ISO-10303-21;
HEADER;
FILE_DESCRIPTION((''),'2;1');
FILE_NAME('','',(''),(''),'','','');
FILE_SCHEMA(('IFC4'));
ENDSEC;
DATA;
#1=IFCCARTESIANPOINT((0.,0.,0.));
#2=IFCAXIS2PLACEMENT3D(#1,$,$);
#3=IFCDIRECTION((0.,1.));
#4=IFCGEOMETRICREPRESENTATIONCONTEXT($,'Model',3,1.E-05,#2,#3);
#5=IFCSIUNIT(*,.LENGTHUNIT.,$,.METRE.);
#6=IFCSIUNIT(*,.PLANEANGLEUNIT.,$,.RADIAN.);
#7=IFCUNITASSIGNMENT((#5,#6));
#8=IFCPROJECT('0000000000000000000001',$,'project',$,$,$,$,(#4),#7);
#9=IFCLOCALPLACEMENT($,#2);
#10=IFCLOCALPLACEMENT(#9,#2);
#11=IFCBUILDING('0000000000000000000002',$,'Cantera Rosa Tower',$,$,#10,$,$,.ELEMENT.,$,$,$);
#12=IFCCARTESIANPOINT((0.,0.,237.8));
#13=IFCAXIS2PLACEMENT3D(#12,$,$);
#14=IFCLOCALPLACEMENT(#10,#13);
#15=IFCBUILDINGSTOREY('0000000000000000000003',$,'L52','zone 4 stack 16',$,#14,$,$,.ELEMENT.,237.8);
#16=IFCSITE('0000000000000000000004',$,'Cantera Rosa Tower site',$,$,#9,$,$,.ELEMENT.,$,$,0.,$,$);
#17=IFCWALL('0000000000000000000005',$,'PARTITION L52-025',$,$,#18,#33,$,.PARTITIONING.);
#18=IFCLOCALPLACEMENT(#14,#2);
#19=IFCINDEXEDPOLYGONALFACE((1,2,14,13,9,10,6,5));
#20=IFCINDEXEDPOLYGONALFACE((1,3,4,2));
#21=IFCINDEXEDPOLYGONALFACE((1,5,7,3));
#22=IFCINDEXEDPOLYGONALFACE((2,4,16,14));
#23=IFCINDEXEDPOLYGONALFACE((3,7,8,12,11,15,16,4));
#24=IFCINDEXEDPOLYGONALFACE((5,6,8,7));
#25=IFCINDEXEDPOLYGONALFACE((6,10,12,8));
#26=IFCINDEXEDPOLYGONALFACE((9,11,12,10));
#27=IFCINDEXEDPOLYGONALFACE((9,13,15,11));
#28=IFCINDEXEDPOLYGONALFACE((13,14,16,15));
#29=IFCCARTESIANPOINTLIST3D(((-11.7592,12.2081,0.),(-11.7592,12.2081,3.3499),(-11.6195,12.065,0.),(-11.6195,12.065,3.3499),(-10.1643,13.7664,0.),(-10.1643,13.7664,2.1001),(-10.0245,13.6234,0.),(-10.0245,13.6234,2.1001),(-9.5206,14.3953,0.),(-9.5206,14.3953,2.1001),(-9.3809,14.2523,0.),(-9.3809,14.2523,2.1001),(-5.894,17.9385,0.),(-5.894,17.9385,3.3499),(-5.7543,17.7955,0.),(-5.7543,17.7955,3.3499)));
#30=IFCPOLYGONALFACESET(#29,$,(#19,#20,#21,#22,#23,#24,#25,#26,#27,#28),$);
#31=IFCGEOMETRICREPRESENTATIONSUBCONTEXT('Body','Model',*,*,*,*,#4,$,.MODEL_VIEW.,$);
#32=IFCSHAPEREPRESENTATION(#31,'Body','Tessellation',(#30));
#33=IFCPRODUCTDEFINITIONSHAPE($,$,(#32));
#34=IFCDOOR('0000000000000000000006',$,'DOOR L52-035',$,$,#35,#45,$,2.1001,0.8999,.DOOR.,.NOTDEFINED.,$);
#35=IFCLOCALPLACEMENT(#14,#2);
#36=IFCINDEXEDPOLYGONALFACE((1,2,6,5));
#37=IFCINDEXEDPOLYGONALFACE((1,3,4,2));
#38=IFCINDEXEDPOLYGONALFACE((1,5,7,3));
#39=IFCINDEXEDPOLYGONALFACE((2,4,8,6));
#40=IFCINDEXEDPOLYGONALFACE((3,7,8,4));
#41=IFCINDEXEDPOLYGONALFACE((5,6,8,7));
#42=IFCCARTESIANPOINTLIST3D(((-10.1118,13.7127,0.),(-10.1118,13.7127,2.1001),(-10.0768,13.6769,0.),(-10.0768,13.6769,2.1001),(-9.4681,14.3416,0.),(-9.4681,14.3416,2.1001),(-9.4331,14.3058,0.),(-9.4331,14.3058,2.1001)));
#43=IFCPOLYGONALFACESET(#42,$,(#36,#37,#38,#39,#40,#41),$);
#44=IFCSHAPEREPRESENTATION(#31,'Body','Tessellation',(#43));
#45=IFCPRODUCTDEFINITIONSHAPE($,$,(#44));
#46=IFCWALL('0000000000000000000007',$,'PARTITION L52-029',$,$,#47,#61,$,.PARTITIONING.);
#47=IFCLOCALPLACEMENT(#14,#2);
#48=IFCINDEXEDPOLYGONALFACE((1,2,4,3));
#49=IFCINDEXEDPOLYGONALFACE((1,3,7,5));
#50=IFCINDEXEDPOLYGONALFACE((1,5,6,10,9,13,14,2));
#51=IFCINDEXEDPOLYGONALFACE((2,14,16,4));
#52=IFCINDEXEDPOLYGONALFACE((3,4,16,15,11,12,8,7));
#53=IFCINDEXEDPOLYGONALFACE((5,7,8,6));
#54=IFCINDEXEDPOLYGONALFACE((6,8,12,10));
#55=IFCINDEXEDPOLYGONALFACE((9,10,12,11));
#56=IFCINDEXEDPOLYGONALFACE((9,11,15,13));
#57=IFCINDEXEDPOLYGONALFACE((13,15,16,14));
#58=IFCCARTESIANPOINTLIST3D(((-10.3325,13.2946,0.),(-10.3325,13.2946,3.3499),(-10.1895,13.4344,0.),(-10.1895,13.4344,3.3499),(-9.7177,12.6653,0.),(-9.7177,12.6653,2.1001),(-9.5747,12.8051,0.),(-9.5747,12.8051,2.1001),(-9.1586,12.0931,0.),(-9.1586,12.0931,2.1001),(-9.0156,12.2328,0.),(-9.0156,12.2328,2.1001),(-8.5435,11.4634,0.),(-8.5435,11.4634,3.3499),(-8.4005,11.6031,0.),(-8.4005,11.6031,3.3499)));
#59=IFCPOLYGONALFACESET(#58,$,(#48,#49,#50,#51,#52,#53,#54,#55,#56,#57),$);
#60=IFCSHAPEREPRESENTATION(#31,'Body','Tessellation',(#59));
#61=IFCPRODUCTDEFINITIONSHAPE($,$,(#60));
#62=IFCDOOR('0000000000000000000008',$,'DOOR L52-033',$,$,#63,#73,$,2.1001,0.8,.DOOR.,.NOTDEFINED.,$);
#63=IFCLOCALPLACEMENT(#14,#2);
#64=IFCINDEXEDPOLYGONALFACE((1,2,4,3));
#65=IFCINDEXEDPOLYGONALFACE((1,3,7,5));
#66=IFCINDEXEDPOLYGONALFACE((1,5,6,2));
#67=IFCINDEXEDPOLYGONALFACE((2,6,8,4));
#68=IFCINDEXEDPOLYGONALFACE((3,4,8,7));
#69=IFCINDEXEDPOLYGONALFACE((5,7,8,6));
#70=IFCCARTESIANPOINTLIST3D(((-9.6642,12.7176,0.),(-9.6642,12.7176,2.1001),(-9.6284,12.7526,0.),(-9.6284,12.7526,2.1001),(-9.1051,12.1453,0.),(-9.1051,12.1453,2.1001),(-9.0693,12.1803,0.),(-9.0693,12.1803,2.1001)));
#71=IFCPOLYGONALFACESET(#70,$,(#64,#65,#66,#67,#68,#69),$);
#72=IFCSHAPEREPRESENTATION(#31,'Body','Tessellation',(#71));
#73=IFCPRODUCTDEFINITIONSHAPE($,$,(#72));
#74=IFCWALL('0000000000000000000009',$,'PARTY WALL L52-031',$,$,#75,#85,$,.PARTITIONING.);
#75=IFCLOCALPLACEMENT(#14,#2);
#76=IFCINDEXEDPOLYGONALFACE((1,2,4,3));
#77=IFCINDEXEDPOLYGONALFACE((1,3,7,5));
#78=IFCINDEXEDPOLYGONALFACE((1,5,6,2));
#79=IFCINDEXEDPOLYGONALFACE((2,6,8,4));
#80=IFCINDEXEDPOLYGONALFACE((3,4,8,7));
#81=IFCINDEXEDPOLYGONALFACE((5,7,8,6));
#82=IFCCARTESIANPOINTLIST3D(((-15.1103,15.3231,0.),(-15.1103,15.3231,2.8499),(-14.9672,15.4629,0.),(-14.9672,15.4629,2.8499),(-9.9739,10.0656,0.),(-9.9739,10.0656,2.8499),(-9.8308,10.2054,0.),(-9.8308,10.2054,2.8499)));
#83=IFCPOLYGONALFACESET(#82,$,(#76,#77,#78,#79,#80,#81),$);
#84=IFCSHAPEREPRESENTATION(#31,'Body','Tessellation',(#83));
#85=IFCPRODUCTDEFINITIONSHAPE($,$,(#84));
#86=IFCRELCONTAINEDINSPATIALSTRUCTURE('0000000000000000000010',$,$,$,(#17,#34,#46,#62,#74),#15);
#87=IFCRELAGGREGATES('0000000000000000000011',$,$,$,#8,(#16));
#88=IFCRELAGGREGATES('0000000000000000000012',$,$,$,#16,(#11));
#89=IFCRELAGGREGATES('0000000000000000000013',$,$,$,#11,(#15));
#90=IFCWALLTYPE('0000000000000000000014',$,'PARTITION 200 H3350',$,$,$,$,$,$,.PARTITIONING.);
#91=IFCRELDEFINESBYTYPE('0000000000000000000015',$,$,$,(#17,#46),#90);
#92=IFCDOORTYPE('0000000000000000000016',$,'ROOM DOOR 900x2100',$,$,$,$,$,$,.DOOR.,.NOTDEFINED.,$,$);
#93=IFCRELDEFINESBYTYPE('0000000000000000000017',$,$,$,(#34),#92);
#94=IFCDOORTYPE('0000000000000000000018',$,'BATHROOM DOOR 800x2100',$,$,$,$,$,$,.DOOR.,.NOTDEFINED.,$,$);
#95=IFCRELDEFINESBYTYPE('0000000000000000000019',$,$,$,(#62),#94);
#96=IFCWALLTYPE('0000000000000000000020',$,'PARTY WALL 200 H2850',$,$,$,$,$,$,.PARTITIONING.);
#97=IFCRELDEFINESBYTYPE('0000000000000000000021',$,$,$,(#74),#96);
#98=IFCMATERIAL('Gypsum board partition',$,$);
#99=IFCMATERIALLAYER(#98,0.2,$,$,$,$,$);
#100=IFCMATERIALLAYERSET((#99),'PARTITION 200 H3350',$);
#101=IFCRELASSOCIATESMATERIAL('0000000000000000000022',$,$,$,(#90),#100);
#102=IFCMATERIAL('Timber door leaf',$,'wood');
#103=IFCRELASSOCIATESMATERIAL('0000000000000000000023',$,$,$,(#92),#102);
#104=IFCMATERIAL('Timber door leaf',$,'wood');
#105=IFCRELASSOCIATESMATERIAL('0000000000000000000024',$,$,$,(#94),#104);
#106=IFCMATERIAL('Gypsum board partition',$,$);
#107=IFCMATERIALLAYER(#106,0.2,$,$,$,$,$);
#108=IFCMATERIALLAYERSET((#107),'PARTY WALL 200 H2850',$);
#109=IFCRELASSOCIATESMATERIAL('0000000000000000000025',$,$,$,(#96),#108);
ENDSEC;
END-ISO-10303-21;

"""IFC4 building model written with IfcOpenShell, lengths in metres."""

from ifc_helpers import new_model, si_unit, direction, frame, frame_2d, origin, place, context, subcontext, project, spatial, rectangle, extrude, material, layer, layer_set, type_object, element, fill, save


model = new_model("IFC4")

# Units and contexts
model_context = context("Model", 3, precision=1e-05, world=origin(), true_north=direction((0.0, 1.0)))
body_context = subcontext(model_context, "Body", "Model", "MODEL_VIEW")
ifc_project = project(units=[si_unit("LENGTHUNIT", "METRE"), si_unit("PLANEANGLEUNIT", "RADIAN")], contexts=[model_context])

# Site, building, storey
site_placement = place(None, origin())
site = spatial("IfcSite", under=ifc_project, at=site_placement, Name="Cantera Rosa Tower site", CompositionType="ELEMENT", RefElevation=0.0)
building_placement = place(site_placement, origin())
building = spatial("IfcBuilding", under=site, at=building_placement, Name="Cantera Rosa Tower", CompositionType="ELEMENT")
storey_placement = place(building_placement, frame((0.0, 0.0, 237.8)))
storey = spatial("IfcBuildingStorey", under=building, at=storey_placement, Name="L52", Description="zone 4 stack 16", CompositionType="ELEMENT", Elevation=237.8)

# Walls, openings, doors
ifc_material_1 = material(Name="Gypsum board partition")
ifc_layer_1 = layer(ifc_material_1, 0.2)
ifc_layer_set_1 = layer_set([ifc_layer_1], Name="PARTITION 200 H3350")
wall_type_1 = type_object("IfcWallType", Name="PARTITION 200 H3350", PredefinedType="PARTITIONING", material=ifc_layer_set_1)
wall_1_placement = place(storey_placement, frame((-11.6895, 12.1365, 0.0), z_axis=(0.0, 0.0, 1.0), x_axis=(0.715276, 0.698842, 0.0)))
wall_1 = element("IfcWall", 1, at=wall_1_placement, inside=storey, type_object=wall_type_1, Name="PARTITION L52-025", PredefinedType="PARTITIONING", context=body_context, shape_type="SweptSolid", body=[
    extrude(rectangle(XDim=8.2, YDim=0.2, at=frame_2d((4.1001, 0.0))), origin(), (0.0, 0.0, 1.0), 3.3499),
])
opening_1_placement = place(wall_1_placement, frame((2.23, 0.0, 0.0)))
opening_1 = element("IfcOpeningElement", 2, at=opening_1_placement, cuts=wall_1, PredefinedType="OPENING", context=body_context, shape_type="SweptSolid", body=[
    extrude(rectangle(XDim=0.8999, YDim=2.1001, at=frame_2d((0.45, 1.05))), frame((0.0, 0.1099, 0.0), z_axis=(0.0, -1.0, 0.0), x_axis=(1.0, 0.0, 0.0)), (0.0, 0.0, 1.0), 0.22),
])
ifc_material_2 = material(Name="Timber door leaf", Category="wood")
door_type_1 = type_object("IfcDoorType", Name="ROOM DOOR 900x2100", OperationType="NOTDEFINED", PredefinedType="DOOR", material=ifc_material_2)
door_1_placement = place(opening_1_placement, origin())
door_1 = element("IfcDoor", 3, at=door_1_placement, inside=storey, type_object=door_type_1, Name="DOOR L52-035", OperationType="NOTDEFINED", OverallHeight=2.1001, OverallWidth=0.8999, PredefinedType="DOOR", context=body_context, shape_type="SweptSolid", body=[
    extrude(rectangle(XDim=0.8999, YDim=2.1001, at=frame_2d((0.45, 1.05))), frame((0.0, 0.0249, 0.0), z_axis=(0.0, -1.0, 0.0), x_axis=(1.0, 0.0, 0.0)), (0.0, 0.0, 1.0), 0.05),
])
fill(opening_1, door_1)
wall_2_placement = place(storey_placement, frame((-10.261, 13.3645, 0.0), z_axis=(0.0, 0.0, 1.0), x_axis=(0.69881, -0.715307, 0.0)))
wall_2 = element("IfcWall", 4, at=wall_2_placement, inside=storey, type_object=wall_type_1, Name="PARTITION L52-029", PredefinedType="PARTITIONING", context=body_context, shape_type="SweptSolid", body=[
    extrude(rectangle(XDim=2.5601, YDim=0.2, at=frame_2d((1.28, 0.0))), origin(), (0.0, 0.0, 1.0), 3.3499),
])
opening_2_placement = place(wall_2_placement, frame((0.8799, 0.0, 0.0)))
opening_2 = element("IfcOpeningElement", 5, at=opening_2_placement, cuts=wall_2, PredefinedType="OPENING", context=body_context, shape_type="SweptSolid", body=[
    extrude(rectangle(XDim=0.8, YDim=2.1001, at=frame_2d((0.3999, 1.05))), frame((0.0, 0.1099, 0.0), z_axis=(0.0, -1.0, 0.0), x_axis=(1.0, 0.0, 0.0)), (0.0, 0.0, 1.0), 0.22),
])
ifc_material_3 = material(Name="Timber door leaf", Category="wood")
door_type_2 = type_object("IfcDoorType", Name="BATHROOM DOOR 800x2100", OperationType="NOTDEFINED", PredefinedType="DOOR", material=ifc_material_3)
door_2_placement = place(opening_2_placement, origin())
door_2 = element("IfcDoor", 6, at=door_2_placement, inside=storey, type_object=door_type_2, Name="DOOR L52-033", OperationType="NOTDEFINED", OverallHeight=2.1001, OverallWidth=0.8, PredefinedType="DOOR", context=body_context, shape_type="SweptSolid", body=[
    extrude(rectangle(XDim=0.8, YDim=2.1001, at=frame_2d((0.3999, 1.05))), frame((0.0, 0.0249, 0.0), z_axis=(0.0, -1.0, 0.0), x_axis=(1.0, 0.0, 0.0)), (0.0, 0.0, 1.0), 0.05),
])
fill(opening_2, door_2)

# Wall
ifc_material_4 = material(Name="Gypsum board partition")
ifc_layer_2 = layer(ifc_material_4, 0.2)
ifc_layer_set_2 = layer_set([ifc_layer_2], Name="PARTY WALL 200 H2850")
wall_type_2 = type_object("IfcWallType", Name="PARTY WALL 200 H2850", PredefinedType="PARTITIONING", material=ifc_layer_set_2)
wall_3_placement = place(storey_placement, frame((-9.9023, 10.1355, 0.0), z_axis=(0.0, 0.0, 1.0), x_axis=(-0.698821, 0.715296, 0.0)))
element("IfcWall", 7, at=wall_3_placement, inside=storey, type_object=wall_type_2, Name="PARTY WALL L52-031", PredefinedType="PARTITIONING", context=body_context, shape_type="SweptSolid", body=[
    extrude(rectangle(XDim=7.3501, YDim=0.2, at=frame_2d((3.675, 0.0))), origin(), (0.0, 0.0, 1.0), 2.8499),
])

save(model, "model.ifc")
